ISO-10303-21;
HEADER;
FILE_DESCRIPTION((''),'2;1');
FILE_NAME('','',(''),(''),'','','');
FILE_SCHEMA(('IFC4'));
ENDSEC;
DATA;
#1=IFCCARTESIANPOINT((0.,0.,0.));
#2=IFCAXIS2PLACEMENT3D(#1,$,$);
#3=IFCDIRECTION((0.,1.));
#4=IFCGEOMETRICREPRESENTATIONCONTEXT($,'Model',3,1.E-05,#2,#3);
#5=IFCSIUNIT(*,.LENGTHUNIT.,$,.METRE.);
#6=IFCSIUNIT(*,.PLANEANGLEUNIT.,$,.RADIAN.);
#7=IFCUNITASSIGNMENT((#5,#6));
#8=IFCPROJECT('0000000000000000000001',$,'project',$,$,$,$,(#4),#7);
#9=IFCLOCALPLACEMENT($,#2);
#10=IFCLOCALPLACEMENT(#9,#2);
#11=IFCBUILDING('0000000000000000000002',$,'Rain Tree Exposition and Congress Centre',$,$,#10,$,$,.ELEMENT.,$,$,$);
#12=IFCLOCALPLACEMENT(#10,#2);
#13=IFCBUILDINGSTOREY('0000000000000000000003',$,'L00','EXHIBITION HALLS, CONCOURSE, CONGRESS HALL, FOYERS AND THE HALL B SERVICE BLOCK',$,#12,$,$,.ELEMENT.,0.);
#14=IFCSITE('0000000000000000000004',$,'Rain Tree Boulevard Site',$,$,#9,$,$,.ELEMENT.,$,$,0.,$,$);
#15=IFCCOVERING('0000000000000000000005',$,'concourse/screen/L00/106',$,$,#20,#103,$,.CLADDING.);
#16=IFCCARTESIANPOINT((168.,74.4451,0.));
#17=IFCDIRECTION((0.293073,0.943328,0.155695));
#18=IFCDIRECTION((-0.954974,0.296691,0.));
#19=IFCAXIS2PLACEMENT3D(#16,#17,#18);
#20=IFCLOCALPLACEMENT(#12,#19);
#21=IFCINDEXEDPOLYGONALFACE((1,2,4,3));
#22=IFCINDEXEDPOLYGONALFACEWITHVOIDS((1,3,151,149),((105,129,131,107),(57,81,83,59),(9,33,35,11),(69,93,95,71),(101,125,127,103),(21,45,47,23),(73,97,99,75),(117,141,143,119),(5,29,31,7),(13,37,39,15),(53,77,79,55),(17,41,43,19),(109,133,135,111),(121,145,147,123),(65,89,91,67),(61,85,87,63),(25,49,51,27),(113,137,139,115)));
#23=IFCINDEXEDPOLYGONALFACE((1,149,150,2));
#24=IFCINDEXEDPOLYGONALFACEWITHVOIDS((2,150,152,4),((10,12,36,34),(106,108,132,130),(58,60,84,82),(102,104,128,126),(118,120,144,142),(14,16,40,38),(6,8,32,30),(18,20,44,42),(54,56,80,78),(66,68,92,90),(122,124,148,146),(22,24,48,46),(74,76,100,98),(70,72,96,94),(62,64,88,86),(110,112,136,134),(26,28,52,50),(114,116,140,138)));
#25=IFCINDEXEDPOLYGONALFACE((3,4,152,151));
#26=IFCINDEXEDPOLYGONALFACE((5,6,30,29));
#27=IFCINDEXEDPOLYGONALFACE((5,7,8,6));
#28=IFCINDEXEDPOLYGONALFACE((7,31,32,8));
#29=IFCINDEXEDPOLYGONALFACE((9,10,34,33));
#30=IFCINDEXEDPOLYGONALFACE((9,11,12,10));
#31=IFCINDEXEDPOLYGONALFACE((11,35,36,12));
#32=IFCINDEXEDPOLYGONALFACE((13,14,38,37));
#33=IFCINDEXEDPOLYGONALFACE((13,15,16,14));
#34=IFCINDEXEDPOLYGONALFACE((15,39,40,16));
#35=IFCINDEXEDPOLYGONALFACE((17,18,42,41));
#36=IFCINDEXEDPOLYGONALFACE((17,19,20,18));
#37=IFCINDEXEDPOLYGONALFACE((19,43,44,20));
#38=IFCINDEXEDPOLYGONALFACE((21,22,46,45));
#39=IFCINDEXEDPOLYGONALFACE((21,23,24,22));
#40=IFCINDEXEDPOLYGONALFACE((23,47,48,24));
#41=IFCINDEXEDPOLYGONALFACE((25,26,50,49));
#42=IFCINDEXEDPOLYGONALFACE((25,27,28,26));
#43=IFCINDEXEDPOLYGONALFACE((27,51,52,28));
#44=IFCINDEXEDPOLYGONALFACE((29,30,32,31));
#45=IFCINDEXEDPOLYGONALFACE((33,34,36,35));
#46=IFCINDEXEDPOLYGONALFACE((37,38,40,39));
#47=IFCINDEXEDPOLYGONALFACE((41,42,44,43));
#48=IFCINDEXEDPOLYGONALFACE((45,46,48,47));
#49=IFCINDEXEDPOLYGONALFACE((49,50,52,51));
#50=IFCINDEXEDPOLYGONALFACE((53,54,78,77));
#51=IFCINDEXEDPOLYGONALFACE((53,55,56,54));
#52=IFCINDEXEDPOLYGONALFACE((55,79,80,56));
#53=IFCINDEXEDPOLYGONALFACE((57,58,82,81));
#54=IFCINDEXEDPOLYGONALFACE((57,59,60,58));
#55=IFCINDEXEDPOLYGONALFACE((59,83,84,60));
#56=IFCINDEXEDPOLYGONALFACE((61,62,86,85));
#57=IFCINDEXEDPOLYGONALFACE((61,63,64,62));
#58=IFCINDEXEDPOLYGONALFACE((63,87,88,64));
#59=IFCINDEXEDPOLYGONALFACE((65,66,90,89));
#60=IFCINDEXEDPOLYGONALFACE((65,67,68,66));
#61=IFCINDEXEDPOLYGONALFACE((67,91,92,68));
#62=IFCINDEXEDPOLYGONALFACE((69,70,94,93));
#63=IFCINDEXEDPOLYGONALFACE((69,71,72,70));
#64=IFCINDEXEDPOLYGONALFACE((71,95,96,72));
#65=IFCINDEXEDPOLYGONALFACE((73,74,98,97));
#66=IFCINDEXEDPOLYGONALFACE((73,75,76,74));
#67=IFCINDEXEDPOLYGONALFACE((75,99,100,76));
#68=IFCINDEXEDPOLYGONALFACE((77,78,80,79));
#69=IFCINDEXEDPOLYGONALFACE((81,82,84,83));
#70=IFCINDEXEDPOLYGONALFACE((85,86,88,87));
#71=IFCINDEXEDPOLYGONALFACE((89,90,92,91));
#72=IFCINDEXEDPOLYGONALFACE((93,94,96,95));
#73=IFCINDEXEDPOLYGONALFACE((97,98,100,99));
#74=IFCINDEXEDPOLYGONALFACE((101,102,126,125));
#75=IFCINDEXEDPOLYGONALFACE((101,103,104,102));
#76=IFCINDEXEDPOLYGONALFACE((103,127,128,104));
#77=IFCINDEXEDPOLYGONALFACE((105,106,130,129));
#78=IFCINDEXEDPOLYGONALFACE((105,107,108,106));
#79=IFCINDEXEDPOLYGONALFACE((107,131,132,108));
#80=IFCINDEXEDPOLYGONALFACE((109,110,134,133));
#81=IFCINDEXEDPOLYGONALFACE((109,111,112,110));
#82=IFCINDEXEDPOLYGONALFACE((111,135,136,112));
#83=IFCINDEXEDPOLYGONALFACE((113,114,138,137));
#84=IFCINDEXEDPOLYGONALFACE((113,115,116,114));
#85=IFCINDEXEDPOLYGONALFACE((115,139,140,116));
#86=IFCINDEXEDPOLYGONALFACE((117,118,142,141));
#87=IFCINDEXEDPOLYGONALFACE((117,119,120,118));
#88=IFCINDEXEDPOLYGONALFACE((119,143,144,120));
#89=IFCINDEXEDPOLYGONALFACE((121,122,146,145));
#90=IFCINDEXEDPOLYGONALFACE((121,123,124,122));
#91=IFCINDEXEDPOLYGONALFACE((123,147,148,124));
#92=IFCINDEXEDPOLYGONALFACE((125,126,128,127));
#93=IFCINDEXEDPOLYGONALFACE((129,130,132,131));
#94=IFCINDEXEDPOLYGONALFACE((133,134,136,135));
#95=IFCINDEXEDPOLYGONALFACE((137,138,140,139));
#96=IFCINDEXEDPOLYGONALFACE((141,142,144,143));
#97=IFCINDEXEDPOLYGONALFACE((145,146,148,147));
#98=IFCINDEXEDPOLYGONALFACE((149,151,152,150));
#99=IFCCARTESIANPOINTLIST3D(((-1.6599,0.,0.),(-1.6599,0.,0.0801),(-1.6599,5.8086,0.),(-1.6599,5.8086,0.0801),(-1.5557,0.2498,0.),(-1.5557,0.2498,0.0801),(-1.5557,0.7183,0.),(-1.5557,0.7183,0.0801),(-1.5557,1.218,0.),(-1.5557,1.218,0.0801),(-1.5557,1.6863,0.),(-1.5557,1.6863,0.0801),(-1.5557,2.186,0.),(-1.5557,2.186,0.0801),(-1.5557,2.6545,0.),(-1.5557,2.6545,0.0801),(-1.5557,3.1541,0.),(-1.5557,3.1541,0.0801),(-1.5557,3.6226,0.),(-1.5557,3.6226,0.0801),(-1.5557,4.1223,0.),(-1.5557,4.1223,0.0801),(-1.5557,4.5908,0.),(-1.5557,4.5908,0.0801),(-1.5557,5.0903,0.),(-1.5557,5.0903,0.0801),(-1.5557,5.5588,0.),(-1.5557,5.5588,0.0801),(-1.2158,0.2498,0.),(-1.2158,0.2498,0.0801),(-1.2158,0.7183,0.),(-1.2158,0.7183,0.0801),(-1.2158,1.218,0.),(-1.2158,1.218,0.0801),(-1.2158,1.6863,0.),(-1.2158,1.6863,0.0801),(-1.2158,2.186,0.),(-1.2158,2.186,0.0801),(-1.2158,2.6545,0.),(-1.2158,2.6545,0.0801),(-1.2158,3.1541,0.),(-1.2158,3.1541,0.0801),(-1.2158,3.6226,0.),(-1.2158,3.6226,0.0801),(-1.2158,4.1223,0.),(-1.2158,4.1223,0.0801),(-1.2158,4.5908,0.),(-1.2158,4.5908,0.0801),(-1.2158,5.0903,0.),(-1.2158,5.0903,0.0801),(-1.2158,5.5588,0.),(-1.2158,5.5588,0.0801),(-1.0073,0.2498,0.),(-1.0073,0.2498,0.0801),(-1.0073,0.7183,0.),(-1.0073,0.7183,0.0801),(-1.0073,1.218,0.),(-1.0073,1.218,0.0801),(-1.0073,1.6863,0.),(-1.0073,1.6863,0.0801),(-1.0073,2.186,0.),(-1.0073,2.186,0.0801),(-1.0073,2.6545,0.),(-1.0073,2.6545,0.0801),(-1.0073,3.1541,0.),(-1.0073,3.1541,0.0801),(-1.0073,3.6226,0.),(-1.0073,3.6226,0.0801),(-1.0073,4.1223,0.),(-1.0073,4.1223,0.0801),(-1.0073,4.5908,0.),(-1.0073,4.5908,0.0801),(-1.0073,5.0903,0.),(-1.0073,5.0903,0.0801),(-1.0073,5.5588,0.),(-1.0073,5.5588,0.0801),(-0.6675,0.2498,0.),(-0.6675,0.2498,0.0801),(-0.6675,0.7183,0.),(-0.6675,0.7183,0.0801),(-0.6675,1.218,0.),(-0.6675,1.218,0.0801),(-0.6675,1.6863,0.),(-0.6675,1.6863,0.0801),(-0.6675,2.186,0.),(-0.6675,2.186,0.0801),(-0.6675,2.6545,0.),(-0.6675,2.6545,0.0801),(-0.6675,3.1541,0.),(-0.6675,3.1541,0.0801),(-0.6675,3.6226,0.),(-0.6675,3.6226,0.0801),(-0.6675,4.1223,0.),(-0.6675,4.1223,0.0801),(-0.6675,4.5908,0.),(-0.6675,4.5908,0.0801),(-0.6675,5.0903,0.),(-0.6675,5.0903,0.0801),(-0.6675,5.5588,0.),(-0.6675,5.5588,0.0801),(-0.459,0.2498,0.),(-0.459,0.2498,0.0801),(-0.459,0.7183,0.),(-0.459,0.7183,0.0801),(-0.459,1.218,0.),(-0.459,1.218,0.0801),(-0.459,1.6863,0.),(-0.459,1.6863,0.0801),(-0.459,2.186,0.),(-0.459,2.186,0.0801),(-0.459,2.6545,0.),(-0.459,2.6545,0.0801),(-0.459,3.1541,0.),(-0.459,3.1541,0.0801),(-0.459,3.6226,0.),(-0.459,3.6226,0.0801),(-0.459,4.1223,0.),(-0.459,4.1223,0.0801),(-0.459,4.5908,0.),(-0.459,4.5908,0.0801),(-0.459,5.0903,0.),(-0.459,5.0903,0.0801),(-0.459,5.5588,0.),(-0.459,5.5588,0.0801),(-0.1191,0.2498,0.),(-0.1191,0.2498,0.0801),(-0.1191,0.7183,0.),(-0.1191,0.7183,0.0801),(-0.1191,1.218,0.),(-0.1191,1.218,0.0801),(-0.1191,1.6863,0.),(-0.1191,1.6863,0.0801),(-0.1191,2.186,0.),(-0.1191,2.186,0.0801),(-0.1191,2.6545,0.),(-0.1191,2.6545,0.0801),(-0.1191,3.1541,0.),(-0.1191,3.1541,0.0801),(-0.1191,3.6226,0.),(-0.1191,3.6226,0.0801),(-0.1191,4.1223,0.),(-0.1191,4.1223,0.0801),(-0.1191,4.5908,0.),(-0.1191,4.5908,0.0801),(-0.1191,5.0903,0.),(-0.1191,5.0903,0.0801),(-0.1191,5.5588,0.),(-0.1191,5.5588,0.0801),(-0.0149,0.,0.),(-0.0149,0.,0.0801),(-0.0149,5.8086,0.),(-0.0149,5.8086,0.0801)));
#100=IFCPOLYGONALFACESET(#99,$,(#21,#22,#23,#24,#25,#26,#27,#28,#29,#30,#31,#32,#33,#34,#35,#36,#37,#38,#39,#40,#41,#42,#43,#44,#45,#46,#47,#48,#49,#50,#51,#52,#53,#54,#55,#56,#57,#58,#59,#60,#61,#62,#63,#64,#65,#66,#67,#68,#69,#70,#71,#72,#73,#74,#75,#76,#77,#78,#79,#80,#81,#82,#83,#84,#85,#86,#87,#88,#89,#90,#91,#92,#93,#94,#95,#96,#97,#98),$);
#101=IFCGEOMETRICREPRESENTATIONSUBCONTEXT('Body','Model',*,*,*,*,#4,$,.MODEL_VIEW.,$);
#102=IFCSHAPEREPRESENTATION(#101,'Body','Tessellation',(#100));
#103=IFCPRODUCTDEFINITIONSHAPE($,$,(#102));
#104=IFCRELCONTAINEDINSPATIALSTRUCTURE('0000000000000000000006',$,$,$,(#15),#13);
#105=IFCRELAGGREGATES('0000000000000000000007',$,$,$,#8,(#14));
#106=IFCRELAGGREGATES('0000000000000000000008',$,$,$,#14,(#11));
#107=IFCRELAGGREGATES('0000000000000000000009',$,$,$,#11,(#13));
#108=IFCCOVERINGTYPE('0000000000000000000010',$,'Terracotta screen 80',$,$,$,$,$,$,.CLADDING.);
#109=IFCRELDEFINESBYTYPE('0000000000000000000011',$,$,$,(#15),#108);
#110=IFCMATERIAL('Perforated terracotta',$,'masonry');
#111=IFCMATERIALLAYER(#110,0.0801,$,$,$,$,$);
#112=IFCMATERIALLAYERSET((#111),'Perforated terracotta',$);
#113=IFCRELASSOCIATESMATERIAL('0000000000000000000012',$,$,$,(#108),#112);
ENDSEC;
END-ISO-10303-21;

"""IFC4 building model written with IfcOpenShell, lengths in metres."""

from ifc_helpers import new_model, si_unit, direction, frame, origin, place, context, subcontext, project, spatial, polyline, outline, extrude, material, layer, layer_set, type_object, element, save


model = new_model("IFC4")

# Units and contexts
model_context = context("Model", 3, precision=1e-05, world=origin(), true_north=direction((0.0, 1.0)))
body_context = subcontext(model_context, "Body", "Model", "MODEL_VIEW")
ifc_project = project(units=[si_unit("LENGTHUNIT", "METRE"), si_unit("PLANEANGLEUNIT", "RADIAN")], contexts=[model_context])

# Site, building, storey
site_placement = place(None, origin())
site = spatial("IfcSite", under=ifc_project, at=site_placement, Name="Rain Tree Boulevard Site", CompositionType="ELEMENT", RefElevation=0.0)
building_placement = place(site_placement, origin())
building = spatial("IfcBuilding", under=site, at=building_placement, Name="Rain Tree Exposition and Congress Centre", CompositionType="ELEMENT")
storey_placement = place(building_placement, origin())
storey = spatial("IfcBuildingStorey", under=building, at=storey_placement, Name="L00", Description="EXHIBITION HALLS, CONCOURSE, CONGRESS HALL, FOYERS AND THE HALL B SERVICE BLOCK", CompositionType="ELEMENT", Elevation=0.0)

# Covering
ifc_material_1 = material(Name="Perforated terracotta", Category="masonry")
ifc_layer_1 = layer(ifc_material_1, 0.0801)
ifc_layer_set_1 = layer_set([ifc_layer_1], Name="Perforated terracotta")
covering_type = type_object("IfcCoveringType", Name="Terracotta screen 80", PredefinedType="CLADDING", material=ifc_layer_set_1)
covering_1_placement = place(storey_placement, frame((168.0, 74.4451, 0.0), z_axis=(0.293073, 0.943328, 0.155695), x_axis=(-0.954974, 0.296691, 0.0)))
element("IfcCovering", 1, at=covering_1_placement, inside=storey, type_object=covering_type, Name="concourse/screen/L00/106", PredefinedType="CLADDING", context=body_context, shape_type="SweptSolid", body=[
    extrude(outline(polyline([(-0.0149, 0.0), (-1.6599, 0.0), (-1.6599, 5.8086), (-0.0149, 5.8086), (-0.0149, 0.0)]), holes=[polyline([(-0.1191, 0.2498), (-0.1191, 0.7183), (-0.459, 0.7183), (-0.459, 0.2498), (-0.1191, 0.2498)]), polyline([(-0.1191, 1.218), (-0.1191, 1.6863), (-0.459, 1.6863), (-0.459, 1.218), (-0.1191, 1.218)]), polyline([(-0.1191, 2.186), (-0.1191, 2.6545), (-0.459, 2.6545), (-0.459, 2.186), (-0.1191, 2.186)]), polyline([(-0.1191, 3.1541), (-0.1191, 3.6226), (-0.459, 3.6226), (-0.459, 3.1541), (-0.1191, 3.1541)]), polyline([(-0.1191, 4.1223), (-0.1191, 4.5908), (-0.459, 4.5908), (-0.459, 4.1223), (-0.1191, 4.1223)]), polyline([(-0.1191, 5.0903), (-0.1191, 5.5588), (-0.459, 5.5588), (-0.459, 5.0903), (-0.1191, 5.0903)]), polyline([(-0.6675, 0.2498), (-0.6675, 0.7183), (-1.0073, 0.7183), (-1.0073, 0.2498), (-0.6675, 0.2498)]), polyline([(-0.6675, 1.218), (-0.6675, 1.6863), (-1.0073, 1.6863), (-1.0073, 1.218), (-0.6675, 1.218)]), polyline([(-0.6675, 2.186), (-0.6675, 2.6545), (-1.0073, 2.6545), (-1.0073, 2.186), (-0.6675, 2.186)]), polyline([(-0.6675, 3.1541), (-0.6675, 3.6226), (-1.0073, 3.6226), (-1.0073, 3.1541), (-0.6675, 3.1541)]), polyline([(-0.6675, 4.1223), (-0.6675, 4.5908), (-1.0073, 4.5908), (-1.0073, 4.1223), (-0.6675, 4.1223)]), polyline([(-0.6675, 5.0903), (-0.6675, 5.5588), (-1.0073, 5.5588), (-1.0073, 5.0903), (-0.6675, 5.0903)]), polyline([(-1.2158, 0.2498), (-1.2158, 0.7183), (-1.5557, 0.7183), (-1.5557, 0.2498), (-1.2158, 0.2498)]), polyline([(-1.2158, 1.218), (-1.2158, 1.6863), (-1.5557, 1.6863), (-1.5557, 1.218), (-1.2158, 1.218)]), polyline([(-1.2158, 2.186), (-1.2158, 2.6545), (-1.5557, 2.6545), (-1.5557, 2.186), (-1.2158, 2.186)]), polyline([(-1.2158, 3.1541), (-1.2158, 3.6226), (-1.5557, 3.6226), (-1.5557, 3.1541), (-1.2158, 3.1541)]), polyline([(-1.2158, 4.1223), (-1.2158, 4.5908), (-1.5557, 4.5908), (-1.5557, 4.1223), (-1.2158, 4.1223)]), polyline([(-1.2158, 5.0903), (-1.2158, 5.5588), (-1.5557, 5.5588), (-1.5557, 5.0903), (-1.2158, 5.0903)])]), origin(), (0.0, 0.0, 1.0), 0.0801),
])

save(model, "model.ifc")
